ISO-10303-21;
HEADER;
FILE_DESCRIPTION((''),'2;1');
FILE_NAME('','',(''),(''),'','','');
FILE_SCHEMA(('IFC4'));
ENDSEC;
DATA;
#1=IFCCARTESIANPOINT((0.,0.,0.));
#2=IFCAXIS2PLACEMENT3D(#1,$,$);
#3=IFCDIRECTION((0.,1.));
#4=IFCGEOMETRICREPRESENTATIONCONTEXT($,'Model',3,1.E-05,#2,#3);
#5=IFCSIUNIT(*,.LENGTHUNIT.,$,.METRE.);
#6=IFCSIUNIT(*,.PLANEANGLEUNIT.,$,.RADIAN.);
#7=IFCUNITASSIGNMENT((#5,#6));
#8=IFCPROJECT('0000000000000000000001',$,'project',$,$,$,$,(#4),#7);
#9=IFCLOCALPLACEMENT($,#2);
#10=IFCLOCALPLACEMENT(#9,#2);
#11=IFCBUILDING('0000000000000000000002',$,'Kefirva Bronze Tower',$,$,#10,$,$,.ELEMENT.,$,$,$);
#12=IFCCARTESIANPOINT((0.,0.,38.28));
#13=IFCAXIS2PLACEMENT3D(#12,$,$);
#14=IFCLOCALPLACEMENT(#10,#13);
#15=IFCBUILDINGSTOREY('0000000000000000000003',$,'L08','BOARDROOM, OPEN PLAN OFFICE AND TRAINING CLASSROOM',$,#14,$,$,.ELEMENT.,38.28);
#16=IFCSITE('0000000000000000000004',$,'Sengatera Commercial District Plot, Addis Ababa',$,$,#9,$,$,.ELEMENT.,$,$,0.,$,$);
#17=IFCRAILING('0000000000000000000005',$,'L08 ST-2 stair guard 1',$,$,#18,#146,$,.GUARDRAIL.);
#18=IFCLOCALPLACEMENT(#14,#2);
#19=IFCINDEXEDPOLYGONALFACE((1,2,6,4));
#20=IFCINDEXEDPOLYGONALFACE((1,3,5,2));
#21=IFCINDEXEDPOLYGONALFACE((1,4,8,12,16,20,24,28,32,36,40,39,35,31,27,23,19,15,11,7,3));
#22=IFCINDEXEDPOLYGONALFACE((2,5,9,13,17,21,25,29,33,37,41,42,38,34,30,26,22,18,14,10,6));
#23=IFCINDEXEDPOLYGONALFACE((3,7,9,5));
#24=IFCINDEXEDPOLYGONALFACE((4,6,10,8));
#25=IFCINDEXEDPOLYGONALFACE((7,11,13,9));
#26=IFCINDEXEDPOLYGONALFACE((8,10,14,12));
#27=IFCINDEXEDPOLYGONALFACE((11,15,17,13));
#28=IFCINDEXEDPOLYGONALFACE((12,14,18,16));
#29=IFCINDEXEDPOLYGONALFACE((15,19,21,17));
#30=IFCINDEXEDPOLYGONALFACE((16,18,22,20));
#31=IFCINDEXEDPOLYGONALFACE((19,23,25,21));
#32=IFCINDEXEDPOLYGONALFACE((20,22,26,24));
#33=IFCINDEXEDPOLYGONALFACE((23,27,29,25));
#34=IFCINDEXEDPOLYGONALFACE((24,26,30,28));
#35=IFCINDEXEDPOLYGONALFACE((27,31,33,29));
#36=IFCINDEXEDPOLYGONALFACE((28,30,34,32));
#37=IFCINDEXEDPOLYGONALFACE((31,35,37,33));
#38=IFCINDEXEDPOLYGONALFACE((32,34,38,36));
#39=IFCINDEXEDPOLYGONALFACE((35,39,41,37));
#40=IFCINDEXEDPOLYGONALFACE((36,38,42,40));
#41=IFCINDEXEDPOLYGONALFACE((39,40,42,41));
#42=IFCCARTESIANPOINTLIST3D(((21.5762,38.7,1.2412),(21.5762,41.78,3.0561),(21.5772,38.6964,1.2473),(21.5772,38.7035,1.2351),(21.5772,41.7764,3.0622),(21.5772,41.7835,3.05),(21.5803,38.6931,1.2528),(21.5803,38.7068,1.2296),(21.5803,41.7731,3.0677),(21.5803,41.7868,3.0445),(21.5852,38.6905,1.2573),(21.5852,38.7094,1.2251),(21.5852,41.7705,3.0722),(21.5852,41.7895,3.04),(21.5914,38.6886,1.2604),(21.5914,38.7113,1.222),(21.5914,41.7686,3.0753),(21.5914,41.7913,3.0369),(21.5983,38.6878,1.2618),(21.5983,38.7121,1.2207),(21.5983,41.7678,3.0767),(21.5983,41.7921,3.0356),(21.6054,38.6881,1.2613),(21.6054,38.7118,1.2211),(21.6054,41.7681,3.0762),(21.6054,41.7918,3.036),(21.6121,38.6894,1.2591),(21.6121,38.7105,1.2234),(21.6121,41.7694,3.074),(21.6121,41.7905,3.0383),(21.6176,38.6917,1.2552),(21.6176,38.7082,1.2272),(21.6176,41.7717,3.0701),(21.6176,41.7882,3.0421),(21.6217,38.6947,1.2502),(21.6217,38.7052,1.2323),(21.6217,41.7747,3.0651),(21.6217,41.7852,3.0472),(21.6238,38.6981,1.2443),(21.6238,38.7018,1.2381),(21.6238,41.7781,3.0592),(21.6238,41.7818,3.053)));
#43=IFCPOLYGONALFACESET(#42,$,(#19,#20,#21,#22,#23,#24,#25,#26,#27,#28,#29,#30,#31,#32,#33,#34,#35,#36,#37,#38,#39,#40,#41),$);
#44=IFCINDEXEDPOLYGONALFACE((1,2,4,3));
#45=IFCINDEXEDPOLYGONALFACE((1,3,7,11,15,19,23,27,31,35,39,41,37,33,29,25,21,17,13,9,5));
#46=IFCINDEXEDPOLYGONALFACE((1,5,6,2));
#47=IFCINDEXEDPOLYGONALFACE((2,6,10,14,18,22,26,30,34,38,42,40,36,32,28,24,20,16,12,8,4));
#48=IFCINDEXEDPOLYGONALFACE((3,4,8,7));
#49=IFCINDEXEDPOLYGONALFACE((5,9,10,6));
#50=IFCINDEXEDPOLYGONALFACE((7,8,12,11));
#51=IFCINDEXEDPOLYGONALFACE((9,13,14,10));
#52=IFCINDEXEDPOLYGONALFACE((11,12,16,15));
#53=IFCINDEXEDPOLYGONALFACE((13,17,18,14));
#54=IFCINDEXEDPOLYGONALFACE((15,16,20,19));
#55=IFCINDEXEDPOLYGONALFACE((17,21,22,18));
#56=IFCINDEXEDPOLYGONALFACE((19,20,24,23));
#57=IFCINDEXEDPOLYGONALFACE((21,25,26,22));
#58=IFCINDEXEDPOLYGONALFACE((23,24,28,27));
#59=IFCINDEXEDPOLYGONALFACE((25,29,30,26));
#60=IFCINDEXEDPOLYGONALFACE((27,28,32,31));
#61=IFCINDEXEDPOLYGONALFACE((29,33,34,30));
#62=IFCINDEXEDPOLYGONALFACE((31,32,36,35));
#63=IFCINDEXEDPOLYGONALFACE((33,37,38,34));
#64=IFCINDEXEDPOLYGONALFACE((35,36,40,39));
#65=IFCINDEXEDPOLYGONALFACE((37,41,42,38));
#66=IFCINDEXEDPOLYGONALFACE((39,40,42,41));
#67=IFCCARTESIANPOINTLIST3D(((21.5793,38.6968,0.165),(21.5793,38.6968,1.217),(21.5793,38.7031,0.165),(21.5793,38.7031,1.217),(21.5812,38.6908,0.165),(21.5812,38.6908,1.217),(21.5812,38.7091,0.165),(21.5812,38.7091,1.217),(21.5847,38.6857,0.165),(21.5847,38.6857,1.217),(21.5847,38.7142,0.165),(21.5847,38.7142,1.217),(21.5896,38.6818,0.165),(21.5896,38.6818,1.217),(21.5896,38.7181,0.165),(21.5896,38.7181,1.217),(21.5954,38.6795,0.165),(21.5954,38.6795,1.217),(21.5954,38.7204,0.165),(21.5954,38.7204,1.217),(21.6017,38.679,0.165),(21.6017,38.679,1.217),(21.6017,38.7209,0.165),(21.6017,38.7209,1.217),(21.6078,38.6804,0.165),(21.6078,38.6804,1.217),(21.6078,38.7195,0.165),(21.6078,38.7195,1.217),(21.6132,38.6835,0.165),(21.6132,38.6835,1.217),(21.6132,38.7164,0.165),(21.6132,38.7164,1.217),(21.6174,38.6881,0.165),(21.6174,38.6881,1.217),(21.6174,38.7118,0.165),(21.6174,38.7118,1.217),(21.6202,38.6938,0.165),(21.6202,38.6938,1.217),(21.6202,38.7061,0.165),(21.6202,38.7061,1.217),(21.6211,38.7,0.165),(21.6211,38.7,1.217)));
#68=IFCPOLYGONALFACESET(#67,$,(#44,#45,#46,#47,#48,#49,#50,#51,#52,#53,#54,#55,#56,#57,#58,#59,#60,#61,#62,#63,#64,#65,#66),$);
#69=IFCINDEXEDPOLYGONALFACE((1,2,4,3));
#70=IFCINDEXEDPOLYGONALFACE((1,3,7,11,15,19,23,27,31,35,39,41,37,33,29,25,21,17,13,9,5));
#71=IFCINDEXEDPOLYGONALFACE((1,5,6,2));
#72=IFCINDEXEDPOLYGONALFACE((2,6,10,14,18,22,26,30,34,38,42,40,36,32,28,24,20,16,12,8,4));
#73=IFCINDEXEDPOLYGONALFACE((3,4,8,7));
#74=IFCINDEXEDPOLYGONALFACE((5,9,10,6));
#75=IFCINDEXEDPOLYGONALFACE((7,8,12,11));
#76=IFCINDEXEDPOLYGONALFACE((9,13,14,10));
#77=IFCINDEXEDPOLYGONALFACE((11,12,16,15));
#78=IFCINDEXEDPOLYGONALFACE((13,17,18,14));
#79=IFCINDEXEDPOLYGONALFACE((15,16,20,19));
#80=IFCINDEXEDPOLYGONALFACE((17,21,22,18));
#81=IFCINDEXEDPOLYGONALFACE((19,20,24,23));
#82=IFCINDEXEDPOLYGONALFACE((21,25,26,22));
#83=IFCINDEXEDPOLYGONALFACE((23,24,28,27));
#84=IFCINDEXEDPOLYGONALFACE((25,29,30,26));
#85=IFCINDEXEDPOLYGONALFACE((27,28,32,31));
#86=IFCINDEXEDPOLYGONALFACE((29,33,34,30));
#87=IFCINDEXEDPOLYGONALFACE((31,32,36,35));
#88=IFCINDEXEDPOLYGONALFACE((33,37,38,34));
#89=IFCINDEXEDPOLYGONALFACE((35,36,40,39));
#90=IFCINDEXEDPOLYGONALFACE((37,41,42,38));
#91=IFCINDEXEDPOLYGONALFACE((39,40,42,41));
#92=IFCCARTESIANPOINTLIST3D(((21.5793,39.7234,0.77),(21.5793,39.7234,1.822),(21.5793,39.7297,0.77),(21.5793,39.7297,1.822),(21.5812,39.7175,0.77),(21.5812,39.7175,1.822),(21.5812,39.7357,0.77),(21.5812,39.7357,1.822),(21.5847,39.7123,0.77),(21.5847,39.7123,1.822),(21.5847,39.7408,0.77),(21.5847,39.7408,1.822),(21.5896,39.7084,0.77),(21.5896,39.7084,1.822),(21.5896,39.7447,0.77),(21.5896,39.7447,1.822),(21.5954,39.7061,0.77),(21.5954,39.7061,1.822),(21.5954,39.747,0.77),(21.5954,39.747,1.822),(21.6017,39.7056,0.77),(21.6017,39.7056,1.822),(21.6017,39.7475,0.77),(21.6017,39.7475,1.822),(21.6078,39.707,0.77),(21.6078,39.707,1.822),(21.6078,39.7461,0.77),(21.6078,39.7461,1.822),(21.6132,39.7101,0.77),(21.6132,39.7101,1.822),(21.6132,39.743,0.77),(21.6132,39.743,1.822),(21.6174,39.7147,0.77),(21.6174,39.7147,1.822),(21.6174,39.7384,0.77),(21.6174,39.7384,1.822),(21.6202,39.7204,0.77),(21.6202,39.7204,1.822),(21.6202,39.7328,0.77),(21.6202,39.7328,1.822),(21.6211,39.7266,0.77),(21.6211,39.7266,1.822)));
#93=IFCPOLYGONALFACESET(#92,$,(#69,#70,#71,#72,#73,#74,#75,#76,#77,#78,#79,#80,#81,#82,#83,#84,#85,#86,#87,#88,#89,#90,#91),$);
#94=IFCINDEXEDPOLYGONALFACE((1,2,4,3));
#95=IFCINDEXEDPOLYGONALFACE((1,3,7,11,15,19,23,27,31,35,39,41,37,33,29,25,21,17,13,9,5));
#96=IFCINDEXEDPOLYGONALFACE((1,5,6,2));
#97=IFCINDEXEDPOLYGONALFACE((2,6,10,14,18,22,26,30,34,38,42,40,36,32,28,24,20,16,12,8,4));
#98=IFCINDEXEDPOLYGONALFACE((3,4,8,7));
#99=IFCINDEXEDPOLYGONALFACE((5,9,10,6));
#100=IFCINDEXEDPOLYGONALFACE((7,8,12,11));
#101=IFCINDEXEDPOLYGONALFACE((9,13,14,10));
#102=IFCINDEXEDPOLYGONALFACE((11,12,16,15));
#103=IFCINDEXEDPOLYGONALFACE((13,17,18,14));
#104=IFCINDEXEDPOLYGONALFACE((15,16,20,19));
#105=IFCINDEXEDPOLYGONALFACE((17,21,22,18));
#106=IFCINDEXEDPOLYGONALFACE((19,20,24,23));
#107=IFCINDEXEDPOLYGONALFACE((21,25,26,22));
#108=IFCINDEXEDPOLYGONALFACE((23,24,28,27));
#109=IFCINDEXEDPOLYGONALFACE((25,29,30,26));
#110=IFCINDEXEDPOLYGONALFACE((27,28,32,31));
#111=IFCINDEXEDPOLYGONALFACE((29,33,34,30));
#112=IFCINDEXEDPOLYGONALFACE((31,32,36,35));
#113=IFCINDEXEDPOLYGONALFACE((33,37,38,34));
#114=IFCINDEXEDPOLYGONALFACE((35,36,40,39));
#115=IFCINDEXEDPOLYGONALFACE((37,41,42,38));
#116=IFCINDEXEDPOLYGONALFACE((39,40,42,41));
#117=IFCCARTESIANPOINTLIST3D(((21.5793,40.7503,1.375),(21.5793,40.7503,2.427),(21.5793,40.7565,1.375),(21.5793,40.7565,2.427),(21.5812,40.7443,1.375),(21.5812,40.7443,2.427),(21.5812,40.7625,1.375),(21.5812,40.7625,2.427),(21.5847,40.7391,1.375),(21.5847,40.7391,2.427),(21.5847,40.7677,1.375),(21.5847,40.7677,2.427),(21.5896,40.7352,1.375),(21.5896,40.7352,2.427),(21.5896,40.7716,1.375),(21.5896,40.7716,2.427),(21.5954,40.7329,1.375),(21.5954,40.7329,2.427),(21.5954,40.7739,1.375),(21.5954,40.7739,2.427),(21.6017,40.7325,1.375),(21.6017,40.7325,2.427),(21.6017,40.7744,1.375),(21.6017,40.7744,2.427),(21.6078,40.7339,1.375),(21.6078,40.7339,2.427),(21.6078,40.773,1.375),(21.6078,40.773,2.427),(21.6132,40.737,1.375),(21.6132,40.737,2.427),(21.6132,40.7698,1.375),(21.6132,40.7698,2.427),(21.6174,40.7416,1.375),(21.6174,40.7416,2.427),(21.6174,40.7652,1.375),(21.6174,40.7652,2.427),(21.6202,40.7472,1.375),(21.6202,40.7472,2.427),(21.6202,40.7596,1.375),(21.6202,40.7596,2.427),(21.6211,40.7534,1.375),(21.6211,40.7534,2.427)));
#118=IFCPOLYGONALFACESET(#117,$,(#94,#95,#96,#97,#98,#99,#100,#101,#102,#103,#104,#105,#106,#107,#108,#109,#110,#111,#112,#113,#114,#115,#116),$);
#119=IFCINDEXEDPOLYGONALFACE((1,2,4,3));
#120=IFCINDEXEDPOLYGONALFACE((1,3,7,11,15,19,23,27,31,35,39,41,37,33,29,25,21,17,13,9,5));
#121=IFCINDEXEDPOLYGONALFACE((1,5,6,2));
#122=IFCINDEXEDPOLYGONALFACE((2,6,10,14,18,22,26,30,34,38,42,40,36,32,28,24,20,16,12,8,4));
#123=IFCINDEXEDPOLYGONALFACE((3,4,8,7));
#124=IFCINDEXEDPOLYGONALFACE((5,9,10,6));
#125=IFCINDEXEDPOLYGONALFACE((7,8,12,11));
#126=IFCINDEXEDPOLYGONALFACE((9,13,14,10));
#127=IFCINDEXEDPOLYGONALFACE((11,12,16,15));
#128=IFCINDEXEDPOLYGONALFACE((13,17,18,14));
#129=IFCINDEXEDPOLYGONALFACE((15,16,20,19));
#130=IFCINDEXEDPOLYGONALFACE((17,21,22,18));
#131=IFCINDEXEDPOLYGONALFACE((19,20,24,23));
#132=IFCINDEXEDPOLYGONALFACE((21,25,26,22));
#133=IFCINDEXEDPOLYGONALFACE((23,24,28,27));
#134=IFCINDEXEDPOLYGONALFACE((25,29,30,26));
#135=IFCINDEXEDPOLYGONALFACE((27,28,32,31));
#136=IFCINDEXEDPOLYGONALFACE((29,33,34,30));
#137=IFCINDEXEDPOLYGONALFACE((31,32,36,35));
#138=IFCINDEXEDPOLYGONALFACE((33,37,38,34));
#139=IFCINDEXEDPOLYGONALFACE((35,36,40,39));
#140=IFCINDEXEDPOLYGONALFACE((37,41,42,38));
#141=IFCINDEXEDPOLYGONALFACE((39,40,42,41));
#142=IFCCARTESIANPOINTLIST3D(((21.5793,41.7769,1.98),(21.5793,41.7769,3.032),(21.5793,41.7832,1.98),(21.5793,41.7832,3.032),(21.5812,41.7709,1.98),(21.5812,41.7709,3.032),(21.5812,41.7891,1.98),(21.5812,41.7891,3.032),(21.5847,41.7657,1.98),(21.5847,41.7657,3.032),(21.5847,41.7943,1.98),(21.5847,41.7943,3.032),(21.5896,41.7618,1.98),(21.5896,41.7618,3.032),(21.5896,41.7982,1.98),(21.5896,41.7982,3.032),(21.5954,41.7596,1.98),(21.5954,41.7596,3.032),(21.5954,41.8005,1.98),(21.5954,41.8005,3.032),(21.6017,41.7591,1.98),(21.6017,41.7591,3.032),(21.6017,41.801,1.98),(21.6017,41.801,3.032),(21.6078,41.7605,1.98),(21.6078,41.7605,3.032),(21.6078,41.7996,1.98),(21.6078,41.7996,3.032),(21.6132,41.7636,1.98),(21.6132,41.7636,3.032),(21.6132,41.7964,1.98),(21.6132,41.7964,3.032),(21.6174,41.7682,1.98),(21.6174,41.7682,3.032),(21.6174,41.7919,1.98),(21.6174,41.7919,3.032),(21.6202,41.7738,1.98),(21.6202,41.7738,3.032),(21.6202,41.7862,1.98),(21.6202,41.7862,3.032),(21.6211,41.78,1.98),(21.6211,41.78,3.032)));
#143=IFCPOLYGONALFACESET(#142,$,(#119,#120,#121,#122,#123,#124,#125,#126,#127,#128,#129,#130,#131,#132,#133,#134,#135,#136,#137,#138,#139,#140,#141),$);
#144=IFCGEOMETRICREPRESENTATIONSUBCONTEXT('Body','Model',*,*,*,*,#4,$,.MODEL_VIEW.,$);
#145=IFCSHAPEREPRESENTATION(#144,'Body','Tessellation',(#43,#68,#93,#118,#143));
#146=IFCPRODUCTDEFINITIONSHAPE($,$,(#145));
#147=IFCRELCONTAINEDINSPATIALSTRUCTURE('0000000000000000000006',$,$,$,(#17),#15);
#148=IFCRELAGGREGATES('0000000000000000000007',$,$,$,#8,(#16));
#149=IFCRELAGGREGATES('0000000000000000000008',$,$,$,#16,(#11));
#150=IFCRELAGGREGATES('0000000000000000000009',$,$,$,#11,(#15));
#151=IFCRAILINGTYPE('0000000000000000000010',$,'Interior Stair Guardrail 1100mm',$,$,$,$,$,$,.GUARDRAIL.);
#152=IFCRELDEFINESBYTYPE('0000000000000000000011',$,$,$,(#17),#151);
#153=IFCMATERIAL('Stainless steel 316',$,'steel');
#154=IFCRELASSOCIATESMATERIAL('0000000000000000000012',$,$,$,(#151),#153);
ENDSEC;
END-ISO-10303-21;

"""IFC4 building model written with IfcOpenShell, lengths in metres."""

from ifc_helpers import new_model, si_unit, direction, frame, origin, origin_2d, place, context, subcontext, project, spatial, circle, extrude, material, type_object, element, save


model = new_model("IFC4")

# Units and contexts
model_context = context("Model", 3, precision=1e-05, world=origin(), true_north=direction((0.0, 1.0)))
body_context = subcontext(model_context, "Body", "Model", "MODEL_VIEW")
ifc_project = project(units=[si_unit("LENGTHUNIT", "METRE"), si_unit("PLANEANGLEUNIT", "RADIAN")], contexts=[model_context])

# Site, building, storey
site_placement = place(None, origin())
site = spatial("IfcSite", under=ifc_project, at=site_placement, Name="Sengatera Commercial District Plot, Addis Ababa", CompositionType="ELEMENT", RefElevation=0.0)
building_placement = place(site_placement, origin())
building = spatial("IfcBuilding", under=site, at=building_placement, Name="Kefirva Bronze Tower", CompositionType="ELEMENT")
storey_placement = place(building_placement, frame((0.0, 0.0, 38.28)))
storey = spatial("IfcBuildingStorey", under=building, at=storey_placement, Name="L08", Description="BOARDROOM, OPEN PLAN OFFICE AND TRAINING CLASSROOM", CompositionType="ELEMENT", Elevation=38.28)

# Railing
ifc_material_1 = material(Name="Stainless steel 316", Category="steel")
railing_type_1 = type_object("IfcRailingType", Name="Interior Stair Guardrail 1100mm", PredefinedType="GUARDRAIL", material=ifc_material_1)
railing_1_placement = place(storey_placement, frame((21.6001, 38.7, 0.165)))
element("IfcRailing", 1, at=railing_1_placement, inside=storey, type_object=railing_type_1, Name="L08 ST-2 stair guard 1", PredefinedType="GUARDRAIL", context=body_context, shape_type="SweptSolid", body=[
    extrude(circle(Radius=0.0239, at=origin_2d()), frame((0.0, 0.0, 1.0762), z_axis=(0.0, 0.861551, 0.507671), x_axis=(-1.0, 0.0, 0.0)), (0.0, 0.0, 1.0), 3.575),
    extrude(circle(Radius=0.021, at=origin_2d()), origin(), (0.0, 0.0, 1.0), 1.052),
    extrude(circle(Radius=0.021, at=origin_2d()), frame((0.0, 1.0266, 0.605)), (0.0, 0.0, 1.0), 1.052),
    extrude(circle(Radius=0.021, at=origin_2d()), frame((0.0, 2.0535, 1.21)), (0.0, 0.0, 1.0), 1.052),
    extrude(circle(Radius=0.021, at=origin_2d()), frame((0.0, 3.0801, 1.8149)), (0.0, 0.0, 1.0), 1.052),
])

save(model, "model.ifc")
